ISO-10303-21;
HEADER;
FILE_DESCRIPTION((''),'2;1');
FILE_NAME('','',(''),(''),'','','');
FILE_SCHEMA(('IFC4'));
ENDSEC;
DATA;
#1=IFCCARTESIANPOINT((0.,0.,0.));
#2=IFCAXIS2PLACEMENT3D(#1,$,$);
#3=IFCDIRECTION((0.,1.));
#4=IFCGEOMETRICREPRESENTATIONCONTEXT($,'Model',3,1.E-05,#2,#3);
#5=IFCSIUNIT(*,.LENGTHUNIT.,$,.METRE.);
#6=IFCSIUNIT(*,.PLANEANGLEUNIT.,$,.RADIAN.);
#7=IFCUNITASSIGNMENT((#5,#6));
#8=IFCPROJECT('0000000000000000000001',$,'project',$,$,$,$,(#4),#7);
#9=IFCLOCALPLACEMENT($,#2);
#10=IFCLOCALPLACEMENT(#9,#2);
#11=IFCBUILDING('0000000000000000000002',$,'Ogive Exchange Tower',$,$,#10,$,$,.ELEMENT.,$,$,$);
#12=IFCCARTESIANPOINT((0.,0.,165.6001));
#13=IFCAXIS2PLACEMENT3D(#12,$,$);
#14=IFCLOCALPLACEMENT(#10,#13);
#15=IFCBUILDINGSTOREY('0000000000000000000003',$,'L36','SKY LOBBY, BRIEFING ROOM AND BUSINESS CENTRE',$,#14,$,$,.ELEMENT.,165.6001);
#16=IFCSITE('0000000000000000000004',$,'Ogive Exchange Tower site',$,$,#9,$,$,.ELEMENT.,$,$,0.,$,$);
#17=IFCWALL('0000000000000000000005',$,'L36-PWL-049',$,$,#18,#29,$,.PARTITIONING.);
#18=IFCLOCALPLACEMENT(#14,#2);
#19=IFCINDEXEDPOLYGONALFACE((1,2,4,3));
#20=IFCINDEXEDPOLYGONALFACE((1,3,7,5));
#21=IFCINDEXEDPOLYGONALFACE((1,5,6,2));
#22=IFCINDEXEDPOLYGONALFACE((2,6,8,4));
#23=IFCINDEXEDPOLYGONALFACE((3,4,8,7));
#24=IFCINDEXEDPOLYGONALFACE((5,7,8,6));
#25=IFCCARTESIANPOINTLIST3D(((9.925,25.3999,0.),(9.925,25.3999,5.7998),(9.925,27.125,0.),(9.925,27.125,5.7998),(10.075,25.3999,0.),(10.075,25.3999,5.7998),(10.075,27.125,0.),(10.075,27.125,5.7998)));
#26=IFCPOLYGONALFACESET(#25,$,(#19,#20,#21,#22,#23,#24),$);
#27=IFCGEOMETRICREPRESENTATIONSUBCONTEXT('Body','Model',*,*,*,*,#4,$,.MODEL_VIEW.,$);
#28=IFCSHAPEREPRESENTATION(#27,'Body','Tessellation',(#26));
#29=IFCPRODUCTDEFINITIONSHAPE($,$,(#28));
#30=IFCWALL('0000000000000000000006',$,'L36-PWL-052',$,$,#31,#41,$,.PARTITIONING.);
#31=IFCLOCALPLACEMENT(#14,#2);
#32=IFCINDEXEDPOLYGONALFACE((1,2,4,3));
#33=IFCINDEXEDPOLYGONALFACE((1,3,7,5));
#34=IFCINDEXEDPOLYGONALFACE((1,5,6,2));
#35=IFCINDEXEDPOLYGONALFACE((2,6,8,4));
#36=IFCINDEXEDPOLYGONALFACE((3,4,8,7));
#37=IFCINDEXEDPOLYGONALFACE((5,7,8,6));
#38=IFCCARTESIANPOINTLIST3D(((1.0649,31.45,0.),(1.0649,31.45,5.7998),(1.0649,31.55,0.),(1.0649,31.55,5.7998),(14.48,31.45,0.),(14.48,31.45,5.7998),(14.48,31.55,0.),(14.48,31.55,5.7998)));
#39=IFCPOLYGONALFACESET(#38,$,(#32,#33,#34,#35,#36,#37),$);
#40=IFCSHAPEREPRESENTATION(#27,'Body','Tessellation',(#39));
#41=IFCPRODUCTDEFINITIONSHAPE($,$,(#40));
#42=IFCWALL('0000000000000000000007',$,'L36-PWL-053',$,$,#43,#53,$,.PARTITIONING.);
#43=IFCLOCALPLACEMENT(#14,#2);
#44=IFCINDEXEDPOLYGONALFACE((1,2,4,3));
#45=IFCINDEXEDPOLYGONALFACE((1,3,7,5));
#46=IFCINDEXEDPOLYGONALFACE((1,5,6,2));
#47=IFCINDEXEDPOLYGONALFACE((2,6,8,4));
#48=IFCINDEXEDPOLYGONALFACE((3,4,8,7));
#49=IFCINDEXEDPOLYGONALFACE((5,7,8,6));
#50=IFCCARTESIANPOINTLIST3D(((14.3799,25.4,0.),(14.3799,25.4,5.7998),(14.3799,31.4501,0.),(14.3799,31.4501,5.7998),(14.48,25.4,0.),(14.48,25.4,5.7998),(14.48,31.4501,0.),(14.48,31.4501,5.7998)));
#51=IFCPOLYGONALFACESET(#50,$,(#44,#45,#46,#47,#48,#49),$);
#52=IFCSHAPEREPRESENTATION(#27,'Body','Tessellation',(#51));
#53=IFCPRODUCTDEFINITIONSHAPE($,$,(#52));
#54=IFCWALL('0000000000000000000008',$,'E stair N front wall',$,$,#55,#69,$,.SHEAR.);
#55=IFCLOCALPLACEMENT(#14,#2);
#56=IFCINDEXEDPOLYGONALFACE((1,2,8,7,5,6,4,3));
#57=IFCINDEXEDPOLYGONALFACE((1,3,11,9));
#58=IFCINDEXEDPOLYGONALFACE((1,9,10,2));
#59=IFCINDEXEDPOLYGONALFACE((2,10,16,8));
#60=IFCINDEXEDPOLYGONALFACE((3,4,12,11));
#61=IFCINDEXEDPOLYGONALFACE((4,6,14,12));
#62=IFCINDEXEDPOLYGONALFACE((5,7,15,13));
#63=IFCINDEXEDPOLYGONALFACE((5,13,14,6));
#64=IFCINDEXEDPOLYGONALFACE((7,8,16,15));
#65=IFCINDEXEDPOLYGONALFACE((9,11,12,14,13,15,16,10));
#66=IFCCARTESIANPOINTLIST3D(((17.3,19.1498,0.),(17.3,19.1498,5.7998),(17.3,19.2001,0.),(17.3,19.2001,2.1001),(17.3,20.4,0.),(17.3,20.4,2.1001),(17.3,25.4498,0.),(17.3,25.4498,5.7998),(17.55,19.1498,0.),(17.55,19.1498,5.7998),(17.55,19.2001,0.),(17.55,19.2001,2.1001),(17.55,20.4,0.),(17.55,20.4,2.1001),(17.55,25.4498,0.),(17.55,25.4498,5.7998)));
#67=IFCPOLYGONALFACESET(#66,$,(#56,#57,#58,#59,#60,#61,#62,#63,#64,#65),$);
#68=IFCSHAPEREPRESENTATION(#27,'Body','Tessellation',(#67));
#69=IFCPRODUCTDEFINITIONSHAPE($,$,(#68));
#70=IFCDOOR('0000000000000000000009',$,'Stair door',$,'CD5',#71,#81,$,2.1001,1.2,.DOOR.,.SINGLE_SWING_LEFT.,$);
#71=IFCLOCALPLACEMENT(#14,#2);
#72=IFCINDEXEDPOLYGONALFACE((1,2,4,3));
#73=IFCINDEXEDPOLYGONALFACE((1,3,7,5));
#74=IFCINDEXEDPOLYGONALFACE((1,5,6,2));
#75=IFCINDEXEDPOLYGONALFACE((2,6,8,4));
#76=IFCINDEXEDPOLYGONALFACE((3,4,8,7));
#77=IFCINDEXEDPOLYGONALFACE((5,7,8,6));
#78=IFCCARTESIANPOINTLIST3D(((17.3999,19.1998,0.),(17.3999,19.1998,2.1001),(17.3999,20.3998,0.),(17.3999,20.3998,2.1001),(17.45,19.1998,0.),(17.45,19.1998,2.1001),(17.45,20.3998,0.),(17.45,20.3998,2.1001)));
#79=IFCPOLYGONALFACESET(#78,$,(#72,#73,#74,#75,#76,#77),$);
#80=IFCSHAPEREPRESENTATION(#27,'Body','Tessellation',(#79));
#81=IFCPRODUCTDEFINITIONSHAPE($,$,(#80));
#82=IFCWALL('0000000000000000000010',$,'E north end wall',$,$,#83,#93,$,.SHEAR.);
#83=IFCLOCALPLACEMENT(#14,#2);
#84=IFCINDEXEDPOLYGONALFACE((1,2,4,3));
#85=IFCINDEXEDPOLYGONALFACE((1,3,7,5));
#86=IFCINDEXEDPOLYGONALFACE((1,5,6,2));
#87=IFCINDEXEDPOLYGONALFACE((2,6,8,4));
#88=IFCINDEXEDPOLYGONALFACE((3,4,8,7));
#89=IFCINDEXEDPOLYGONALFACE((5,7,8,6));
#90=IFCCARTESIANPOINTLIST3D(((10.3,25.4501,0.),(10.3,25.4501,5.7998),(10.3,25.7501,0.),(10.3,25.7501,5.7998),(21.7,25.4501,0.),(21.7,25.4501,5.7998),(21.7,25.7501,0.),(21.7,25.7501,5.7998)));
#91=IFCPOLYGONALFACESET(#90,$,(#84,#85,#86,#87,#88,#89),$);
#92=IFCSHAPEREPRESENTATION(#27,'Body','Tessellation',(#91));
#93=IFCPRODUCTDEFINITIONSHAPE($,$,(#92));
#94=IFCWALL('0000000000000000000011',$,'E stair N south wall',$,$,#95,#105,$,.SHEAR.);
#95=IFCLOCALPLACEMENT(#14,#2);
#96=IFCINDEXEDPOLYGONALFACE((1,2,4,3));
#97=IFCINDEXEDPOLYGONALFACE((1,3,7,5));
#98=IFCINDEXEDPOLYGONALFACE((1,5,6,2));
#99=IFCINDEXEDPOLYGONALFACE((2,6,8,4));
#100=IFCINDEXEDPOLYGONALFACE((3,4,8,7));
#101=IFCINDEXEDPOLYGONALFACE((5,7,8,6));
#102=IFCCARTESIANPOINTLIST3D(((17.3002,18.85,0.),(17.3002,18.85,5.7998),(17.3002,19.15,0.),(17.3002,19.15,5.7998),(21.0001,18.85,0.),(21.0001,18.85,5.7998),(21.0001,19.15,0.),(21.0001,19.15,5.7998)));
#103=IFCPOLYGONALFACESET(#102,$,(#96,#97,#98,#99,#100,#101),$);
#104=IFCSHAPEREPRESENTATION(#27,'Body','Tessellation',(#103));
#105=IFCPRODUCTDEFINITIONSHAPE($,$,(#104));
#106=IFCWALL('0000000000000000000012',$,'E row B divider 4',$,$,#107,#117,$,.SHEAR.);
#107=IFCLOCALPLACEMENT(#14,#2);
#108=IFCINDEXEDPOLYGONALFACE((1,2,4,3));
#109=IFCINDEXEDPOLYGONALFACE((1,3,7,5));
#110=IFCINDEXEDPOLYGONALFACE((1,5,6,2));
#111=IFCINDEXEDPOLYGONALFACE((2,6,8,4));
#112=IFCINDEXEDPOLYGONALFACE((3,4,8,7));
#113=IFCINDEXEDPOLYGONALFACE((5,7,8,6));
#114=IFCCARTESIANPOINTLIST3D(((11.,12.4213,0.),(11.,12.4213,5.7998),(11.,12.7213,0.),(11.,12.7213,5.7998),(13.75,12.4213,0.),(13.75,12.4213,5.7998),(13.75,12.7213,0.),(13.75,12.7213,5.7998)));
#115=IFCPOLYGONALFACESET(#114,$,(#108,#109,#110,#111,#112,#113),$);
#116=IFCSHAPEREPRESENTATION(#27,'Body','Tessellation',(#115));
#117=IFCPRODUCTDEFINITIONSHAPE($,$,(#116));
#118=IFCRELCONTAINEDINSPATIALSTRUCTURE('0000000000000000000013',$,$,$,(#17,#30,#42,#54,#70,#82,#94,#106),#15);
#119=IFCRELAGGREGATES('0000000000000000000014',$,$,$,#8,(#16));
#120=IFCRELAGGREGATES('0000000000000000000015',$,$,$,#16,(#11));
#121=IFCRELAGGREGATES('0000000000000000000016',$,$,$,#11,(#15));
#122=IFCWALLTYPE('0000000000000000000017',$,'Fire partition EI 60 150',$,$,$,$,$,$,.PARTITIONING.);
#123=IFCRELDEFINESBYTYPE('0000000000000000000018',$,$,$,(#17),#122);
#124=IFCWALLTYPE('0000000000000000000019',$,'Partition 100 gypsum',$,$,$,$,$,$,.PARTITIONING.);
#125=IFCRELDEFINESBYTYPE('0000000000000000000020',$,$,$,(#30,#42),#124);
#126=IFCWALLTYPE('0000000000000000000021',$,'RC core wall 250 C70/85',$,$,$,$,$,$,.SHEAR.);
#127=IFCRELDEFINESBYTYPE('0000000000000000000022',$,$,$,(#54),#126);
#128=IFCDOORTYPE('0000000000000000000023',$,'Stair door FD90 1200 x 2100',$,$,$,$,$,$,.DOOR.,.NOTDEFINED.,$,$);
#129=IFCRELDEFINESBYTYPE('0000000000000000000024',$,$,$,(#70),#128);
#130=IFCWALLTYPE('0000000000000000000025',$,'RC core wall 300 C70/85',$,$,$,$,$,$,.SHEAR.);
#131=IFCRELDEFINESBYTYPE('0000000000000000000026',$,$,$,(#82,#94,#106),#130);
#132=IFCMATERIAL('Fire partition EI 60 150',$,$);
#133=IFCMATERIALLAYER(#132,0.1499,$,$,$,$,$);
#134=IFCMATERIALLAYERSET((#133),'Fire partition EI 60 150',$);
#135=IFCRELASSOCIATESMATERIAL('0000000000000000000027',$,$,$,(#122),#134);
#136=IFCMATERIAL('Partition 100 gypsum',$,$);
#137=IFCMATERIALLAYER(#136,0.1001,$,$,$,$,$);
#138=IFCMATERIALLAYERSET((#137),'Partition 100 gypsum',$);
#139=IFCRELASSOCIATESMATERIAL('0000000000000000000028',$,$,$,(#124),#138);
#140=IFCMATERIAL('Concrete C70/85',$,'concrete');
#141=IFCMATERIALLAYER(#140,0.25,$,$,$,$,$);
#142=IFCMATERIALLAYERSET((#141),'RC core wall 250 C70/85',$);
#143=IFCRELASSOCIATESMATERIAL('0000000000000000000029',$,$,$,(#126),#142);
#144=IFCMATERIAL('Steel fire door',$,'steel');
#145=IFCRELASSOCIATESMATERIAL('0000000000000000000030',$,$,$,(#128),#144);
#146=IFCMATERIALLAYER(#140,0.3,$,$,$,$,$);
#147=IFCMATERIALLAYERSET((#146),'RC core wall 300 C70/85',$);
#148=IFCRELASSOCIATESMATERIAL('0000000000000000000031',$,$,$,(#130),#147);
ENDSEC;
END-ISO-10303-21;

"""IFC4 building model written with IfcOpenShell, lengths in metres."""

from ifc_helpers import new_model, si_unit, direction, frame, frame_2d, origin, place, context, subcontext, project, spatial, rectangle, extrude, material, layer, layer_set, type_object, element, fill, save


model = new_model("IFC4")

# Units and contexts
model_context = context("Model", 3, precision=1e-05, world=origin(), true_north=direction((0.0, 1.0)))
body_context = subcontext(model_context, "Body", "Model", "MODEL_VIEW")
ifc_project = project(units=[si_unit("LENGTHUNIT", "METRE"), si_unit("PLANEANGLEUNIT", "RADIAN")], contexts=[model_context])

# Site, building, storey
site_placement = place(None, origin())
site = spatial("IfcSite", under=ifc_project, at=site_placement, Name="Ogive Exchange Tower site", CompositionType="ELEMENT", RefElevation=0.0)
building_placement = place(site_placement, origin())
building = spatial("IfcBuilding", under=site, at=building_placement, Name="Ogive Exchange Tower", CompositionType="ELEMENT")
storey_placement = place(building_placement, frame((0.0, 0.0, 165.6001)))
storey = spatial("IfcBuildingStorey", under=building, at=storey_placement, Name="L36", Description="SKY LOBBY, BRIEFING ROOM AND BUSINESS CENTRE", CompositionType="ELEMENT", Elevation=165.6001)

# Shared definitions
ifc_material_1 = material(Name="Fire partition EI 60 150")
ifc_layer_1 = layer(ifc_material_1, 0.1499)
ifc_layer_set_1 = layer_set([ifc_layer_1], Name="Fire partition EI 60 150")
wall_type_1 = type_object("IfcWallType", Name="Fire partition EI 60 150", PredefinedType="PARTITIONING", material=ifc_layer_set_1)

# Walls
wall_1_placement = place(storey_placement, frame((10.0, 27.125, 0.0), z_axis=(0.0, 0.0, 1.0), x_axis=(0.0, -1.0, 0.0)))
element("IfcWall", 1, at=wall_1_placement, inside=storey, type_object=wall_type_1, Name="L36-PWL-049", PredefinedType="PARTITIONING", context=body_context, shape_type="SweptSolid", body=[
    extrude(rectangle(XDim=1.7251, YDim=0.1499, at=frame_2d((0.8625, 0.0))), origin(), (0.0, 0.0, 1.0), 5.7998),
])
ifc_material_2 = material(Name="Partition 100 gypsum")
ifc_layer_2 = layer(ifc_material_2, 0.1001)
ifc_layer_set_2 = layer_set([ifc_layer_2], Name="Partition 100 gypsum")
wall_type_2 = type_object("IfcWallType", Name="Partition 100 gypsum", PredefinedType="PARTITIONING", material=ifc_layer_set_2)
wall_2_placement = place(storey_placement, frame((14.48, 31.5, 0.0), z_axis=(0.0, 0.0, 1.0), x_axis=(-1.0, 0.0, 0.0)))
element("IfcWall", 2, at=wall_2_placement, inside=storey, type_object=wall_type_2, Name="L36-PWL-052", PredefinedType="PARTITIONING", context=body_context, shape_type="SweptSolid", body=[
    extrude(rectangle(XDim=13.415, YDim=0.1001, at=frame_2d((6.7075, 0.0))), origin(), (0.0, 0.0, 1.0), 5.7998),
])
wall_3_placement = place(storey_placement, frame((14.4299, 31.45, 0.0), z_axis=(0.0, 0.0, 1.0), x_axis=(0.0, -1.0, 0.0)))
element("IfcWall", 3, at=wall_3_placement, inside=storey, type_object=wall_type_2, Name="L36-PWL-053", PredefinedType="PARTITIONING", context=body_context, shape_type="SweptSolid", body=[
    extrude(rectangle(XDim=6.05, YDim=0.1001, at=frame_2d((3.0249, 0.0))), origin(), (0.0, 0.0, 1.0), 5.7998),
])

# Wall, opening, door
ifc_material_3 = material(Name="Concrete C70/85", Category="concrete")
ifc_layer_3 = layer(ifc_material_3, 0.25)
ifc_layer_set_3 = layer_set([ifc_layer_3], Name="RC core wall 250 C70/85")
wall_type_3 = type_object("IfcWallType", Name="RC core wall 250 C70/85", PredefinedType="SHEAR", material=ifc_layer_set_3)
wall_4_placement = place(storey_placement, frame((17.425, 19.1499, 0.0), z_axis=(0.0, 0.0, 1.0), x_axis=(0.0, 1.0, 0.0)))
wall_4 = element("IfcWall", 4, at=wall_4_placement, inside=storey, type_object=wall_type_3, Name="E stair N front wall", PredefinedType="SHEAR", context=body_context, shape_type="SweptSolid", body=[
    extrude(rectangle(XDim=6.3, YDim=0.25, at=frame_2d((3.1499, 0.0))), origin(), (0.0, 0.0, 1.0), 5.7998),
])
opening_1_placement = place(wall_4_placement, frame((0.05, 0.0, 0.0)))
opening_1 = element("IfcOpeningElement", 5, at=opening_1_placement, cuts=wall_4, PredefinedType="OPENING", context=body_context, shape_type="SweptSolid", body=[
    extrude(rectangle(XDim=1.2, YDim=2.1001, at=frame_2d((0.6001, 1.05))), frame((0.0, 0.135, 0.0), z_axis=(0.0, -1.0, 0.0), x_axis=(1.0, 0.0, 0.0)), (0.0, 0.0, 1.0), 0.27),
])
ifc_material_4 = material(Name="Steel fire door", Category="steel")
door_type_1 = type_object("IfcDoorType", Name="Stair door FD90 1200 x 2100", OperationType="NOTDEFINED", PredefinedType="DOOR", material=ifc_material_4)
door_1_placement = place(opening_1_placement, frame((1.2, 0.0, 0.0), z_axis=(0.0, 0.0, 1.0), x_axis=(-1.0, 0.0, 0.0)))
door_1 = element("IfcDoor", 6, at=door_1_placement, inside=storey, type_object=door_type_1, Name="Stair door", ObjectType="CD5", OperationType="SINGLE_SWING_LEFT", OverallHeight=2.1001, OverallWidth=1.2, PredefinedType="DOOR", context=body_context, shape_type="SweptSolid", body=[
    extrude(rectangle(XDim=1.2, YDim=2.1001, at=frame_2d((0.6001, 1.05))), frame((0.0, 0.0249, 0.0), z_axis=(0.0, -1.0, 0.0), x_axis=(1.0, 0.0, 0.0)), (0.0, 0.0, 1.0), 0.05),
])
fill(opening_1, door_1)

# Walls
ifc_layer_4 = layer(ifc_material_3, 0.3)
ifc_layer_set_4 = layer_set([ifc_layer_4], Name="RC core wall 300 C70/85")
wall_type_4 = type_object("IfcWallType", Name="RC core wall 300 C70/85", PredefinedType="SHEAR", material=ifc_layer_set_4)
wall_5_placement = place(storey_placement, frame((10.3, 25.6001, 0.0), z_axis=(0.0, 0.0, 1.0), x_axis=(1.0, 0.0, 0.0)))
element("IfcWall", 7, at=wall_5_placement, inside=storey, type_object=wall_type_4, Name="E north end wall", PredefinedType="SHEAR", context=body_context, shape_type="SweptSolid", body=[
    extrude(rectangle(XDim=11.3999, YDim=0.3, at=frame_2d((5.7, 0.0))), origin(), (0.0, 0.0, 1.0), 5.7998),
])
wall_6_placement = place(storey_placement, frame((17.3, 19.0, 0.0), z_axis=(0.0, 0.0, 1.0), x_axis=(1.0, 0.0, 0.0)))
element("IfcWall", 8, at=wall_6_placement, inside=storey, type_object=wall_type_4, Name="E stair N south wall", PredefinedType="SHEAR", context=body_context, shape_type="SweptSolid", body=[
    extrude(rectangle(XDim=3.7, YDim=0.3, at=frame_2d((1.8501, 0.0))), origin(), (0.0, 0.0, 1.0), 5.7998),
])
wall_7_placement = place(storey_placement, frame((11.0, 12.5713, 0.0), z_axis=(0.0, 0.0, 1.0), x_axis=(1.0, 0.0, 0.0)))
element("IfcWall", 9, at=wall_7_placement, inside=storey, type_object=wall_type_4, Name="E row B divider 4", PredefinedType="SHEAR", context=body_context, shape_type="SweptSolid", body=[
    extrude(rectangle(XDim=2.75, YDim=0.3, at=frame_2d((1.375, 0.0))), origin(), (0.0, 0.0, 1.0), 5.7998),
])

save(model, "model.ifc")
